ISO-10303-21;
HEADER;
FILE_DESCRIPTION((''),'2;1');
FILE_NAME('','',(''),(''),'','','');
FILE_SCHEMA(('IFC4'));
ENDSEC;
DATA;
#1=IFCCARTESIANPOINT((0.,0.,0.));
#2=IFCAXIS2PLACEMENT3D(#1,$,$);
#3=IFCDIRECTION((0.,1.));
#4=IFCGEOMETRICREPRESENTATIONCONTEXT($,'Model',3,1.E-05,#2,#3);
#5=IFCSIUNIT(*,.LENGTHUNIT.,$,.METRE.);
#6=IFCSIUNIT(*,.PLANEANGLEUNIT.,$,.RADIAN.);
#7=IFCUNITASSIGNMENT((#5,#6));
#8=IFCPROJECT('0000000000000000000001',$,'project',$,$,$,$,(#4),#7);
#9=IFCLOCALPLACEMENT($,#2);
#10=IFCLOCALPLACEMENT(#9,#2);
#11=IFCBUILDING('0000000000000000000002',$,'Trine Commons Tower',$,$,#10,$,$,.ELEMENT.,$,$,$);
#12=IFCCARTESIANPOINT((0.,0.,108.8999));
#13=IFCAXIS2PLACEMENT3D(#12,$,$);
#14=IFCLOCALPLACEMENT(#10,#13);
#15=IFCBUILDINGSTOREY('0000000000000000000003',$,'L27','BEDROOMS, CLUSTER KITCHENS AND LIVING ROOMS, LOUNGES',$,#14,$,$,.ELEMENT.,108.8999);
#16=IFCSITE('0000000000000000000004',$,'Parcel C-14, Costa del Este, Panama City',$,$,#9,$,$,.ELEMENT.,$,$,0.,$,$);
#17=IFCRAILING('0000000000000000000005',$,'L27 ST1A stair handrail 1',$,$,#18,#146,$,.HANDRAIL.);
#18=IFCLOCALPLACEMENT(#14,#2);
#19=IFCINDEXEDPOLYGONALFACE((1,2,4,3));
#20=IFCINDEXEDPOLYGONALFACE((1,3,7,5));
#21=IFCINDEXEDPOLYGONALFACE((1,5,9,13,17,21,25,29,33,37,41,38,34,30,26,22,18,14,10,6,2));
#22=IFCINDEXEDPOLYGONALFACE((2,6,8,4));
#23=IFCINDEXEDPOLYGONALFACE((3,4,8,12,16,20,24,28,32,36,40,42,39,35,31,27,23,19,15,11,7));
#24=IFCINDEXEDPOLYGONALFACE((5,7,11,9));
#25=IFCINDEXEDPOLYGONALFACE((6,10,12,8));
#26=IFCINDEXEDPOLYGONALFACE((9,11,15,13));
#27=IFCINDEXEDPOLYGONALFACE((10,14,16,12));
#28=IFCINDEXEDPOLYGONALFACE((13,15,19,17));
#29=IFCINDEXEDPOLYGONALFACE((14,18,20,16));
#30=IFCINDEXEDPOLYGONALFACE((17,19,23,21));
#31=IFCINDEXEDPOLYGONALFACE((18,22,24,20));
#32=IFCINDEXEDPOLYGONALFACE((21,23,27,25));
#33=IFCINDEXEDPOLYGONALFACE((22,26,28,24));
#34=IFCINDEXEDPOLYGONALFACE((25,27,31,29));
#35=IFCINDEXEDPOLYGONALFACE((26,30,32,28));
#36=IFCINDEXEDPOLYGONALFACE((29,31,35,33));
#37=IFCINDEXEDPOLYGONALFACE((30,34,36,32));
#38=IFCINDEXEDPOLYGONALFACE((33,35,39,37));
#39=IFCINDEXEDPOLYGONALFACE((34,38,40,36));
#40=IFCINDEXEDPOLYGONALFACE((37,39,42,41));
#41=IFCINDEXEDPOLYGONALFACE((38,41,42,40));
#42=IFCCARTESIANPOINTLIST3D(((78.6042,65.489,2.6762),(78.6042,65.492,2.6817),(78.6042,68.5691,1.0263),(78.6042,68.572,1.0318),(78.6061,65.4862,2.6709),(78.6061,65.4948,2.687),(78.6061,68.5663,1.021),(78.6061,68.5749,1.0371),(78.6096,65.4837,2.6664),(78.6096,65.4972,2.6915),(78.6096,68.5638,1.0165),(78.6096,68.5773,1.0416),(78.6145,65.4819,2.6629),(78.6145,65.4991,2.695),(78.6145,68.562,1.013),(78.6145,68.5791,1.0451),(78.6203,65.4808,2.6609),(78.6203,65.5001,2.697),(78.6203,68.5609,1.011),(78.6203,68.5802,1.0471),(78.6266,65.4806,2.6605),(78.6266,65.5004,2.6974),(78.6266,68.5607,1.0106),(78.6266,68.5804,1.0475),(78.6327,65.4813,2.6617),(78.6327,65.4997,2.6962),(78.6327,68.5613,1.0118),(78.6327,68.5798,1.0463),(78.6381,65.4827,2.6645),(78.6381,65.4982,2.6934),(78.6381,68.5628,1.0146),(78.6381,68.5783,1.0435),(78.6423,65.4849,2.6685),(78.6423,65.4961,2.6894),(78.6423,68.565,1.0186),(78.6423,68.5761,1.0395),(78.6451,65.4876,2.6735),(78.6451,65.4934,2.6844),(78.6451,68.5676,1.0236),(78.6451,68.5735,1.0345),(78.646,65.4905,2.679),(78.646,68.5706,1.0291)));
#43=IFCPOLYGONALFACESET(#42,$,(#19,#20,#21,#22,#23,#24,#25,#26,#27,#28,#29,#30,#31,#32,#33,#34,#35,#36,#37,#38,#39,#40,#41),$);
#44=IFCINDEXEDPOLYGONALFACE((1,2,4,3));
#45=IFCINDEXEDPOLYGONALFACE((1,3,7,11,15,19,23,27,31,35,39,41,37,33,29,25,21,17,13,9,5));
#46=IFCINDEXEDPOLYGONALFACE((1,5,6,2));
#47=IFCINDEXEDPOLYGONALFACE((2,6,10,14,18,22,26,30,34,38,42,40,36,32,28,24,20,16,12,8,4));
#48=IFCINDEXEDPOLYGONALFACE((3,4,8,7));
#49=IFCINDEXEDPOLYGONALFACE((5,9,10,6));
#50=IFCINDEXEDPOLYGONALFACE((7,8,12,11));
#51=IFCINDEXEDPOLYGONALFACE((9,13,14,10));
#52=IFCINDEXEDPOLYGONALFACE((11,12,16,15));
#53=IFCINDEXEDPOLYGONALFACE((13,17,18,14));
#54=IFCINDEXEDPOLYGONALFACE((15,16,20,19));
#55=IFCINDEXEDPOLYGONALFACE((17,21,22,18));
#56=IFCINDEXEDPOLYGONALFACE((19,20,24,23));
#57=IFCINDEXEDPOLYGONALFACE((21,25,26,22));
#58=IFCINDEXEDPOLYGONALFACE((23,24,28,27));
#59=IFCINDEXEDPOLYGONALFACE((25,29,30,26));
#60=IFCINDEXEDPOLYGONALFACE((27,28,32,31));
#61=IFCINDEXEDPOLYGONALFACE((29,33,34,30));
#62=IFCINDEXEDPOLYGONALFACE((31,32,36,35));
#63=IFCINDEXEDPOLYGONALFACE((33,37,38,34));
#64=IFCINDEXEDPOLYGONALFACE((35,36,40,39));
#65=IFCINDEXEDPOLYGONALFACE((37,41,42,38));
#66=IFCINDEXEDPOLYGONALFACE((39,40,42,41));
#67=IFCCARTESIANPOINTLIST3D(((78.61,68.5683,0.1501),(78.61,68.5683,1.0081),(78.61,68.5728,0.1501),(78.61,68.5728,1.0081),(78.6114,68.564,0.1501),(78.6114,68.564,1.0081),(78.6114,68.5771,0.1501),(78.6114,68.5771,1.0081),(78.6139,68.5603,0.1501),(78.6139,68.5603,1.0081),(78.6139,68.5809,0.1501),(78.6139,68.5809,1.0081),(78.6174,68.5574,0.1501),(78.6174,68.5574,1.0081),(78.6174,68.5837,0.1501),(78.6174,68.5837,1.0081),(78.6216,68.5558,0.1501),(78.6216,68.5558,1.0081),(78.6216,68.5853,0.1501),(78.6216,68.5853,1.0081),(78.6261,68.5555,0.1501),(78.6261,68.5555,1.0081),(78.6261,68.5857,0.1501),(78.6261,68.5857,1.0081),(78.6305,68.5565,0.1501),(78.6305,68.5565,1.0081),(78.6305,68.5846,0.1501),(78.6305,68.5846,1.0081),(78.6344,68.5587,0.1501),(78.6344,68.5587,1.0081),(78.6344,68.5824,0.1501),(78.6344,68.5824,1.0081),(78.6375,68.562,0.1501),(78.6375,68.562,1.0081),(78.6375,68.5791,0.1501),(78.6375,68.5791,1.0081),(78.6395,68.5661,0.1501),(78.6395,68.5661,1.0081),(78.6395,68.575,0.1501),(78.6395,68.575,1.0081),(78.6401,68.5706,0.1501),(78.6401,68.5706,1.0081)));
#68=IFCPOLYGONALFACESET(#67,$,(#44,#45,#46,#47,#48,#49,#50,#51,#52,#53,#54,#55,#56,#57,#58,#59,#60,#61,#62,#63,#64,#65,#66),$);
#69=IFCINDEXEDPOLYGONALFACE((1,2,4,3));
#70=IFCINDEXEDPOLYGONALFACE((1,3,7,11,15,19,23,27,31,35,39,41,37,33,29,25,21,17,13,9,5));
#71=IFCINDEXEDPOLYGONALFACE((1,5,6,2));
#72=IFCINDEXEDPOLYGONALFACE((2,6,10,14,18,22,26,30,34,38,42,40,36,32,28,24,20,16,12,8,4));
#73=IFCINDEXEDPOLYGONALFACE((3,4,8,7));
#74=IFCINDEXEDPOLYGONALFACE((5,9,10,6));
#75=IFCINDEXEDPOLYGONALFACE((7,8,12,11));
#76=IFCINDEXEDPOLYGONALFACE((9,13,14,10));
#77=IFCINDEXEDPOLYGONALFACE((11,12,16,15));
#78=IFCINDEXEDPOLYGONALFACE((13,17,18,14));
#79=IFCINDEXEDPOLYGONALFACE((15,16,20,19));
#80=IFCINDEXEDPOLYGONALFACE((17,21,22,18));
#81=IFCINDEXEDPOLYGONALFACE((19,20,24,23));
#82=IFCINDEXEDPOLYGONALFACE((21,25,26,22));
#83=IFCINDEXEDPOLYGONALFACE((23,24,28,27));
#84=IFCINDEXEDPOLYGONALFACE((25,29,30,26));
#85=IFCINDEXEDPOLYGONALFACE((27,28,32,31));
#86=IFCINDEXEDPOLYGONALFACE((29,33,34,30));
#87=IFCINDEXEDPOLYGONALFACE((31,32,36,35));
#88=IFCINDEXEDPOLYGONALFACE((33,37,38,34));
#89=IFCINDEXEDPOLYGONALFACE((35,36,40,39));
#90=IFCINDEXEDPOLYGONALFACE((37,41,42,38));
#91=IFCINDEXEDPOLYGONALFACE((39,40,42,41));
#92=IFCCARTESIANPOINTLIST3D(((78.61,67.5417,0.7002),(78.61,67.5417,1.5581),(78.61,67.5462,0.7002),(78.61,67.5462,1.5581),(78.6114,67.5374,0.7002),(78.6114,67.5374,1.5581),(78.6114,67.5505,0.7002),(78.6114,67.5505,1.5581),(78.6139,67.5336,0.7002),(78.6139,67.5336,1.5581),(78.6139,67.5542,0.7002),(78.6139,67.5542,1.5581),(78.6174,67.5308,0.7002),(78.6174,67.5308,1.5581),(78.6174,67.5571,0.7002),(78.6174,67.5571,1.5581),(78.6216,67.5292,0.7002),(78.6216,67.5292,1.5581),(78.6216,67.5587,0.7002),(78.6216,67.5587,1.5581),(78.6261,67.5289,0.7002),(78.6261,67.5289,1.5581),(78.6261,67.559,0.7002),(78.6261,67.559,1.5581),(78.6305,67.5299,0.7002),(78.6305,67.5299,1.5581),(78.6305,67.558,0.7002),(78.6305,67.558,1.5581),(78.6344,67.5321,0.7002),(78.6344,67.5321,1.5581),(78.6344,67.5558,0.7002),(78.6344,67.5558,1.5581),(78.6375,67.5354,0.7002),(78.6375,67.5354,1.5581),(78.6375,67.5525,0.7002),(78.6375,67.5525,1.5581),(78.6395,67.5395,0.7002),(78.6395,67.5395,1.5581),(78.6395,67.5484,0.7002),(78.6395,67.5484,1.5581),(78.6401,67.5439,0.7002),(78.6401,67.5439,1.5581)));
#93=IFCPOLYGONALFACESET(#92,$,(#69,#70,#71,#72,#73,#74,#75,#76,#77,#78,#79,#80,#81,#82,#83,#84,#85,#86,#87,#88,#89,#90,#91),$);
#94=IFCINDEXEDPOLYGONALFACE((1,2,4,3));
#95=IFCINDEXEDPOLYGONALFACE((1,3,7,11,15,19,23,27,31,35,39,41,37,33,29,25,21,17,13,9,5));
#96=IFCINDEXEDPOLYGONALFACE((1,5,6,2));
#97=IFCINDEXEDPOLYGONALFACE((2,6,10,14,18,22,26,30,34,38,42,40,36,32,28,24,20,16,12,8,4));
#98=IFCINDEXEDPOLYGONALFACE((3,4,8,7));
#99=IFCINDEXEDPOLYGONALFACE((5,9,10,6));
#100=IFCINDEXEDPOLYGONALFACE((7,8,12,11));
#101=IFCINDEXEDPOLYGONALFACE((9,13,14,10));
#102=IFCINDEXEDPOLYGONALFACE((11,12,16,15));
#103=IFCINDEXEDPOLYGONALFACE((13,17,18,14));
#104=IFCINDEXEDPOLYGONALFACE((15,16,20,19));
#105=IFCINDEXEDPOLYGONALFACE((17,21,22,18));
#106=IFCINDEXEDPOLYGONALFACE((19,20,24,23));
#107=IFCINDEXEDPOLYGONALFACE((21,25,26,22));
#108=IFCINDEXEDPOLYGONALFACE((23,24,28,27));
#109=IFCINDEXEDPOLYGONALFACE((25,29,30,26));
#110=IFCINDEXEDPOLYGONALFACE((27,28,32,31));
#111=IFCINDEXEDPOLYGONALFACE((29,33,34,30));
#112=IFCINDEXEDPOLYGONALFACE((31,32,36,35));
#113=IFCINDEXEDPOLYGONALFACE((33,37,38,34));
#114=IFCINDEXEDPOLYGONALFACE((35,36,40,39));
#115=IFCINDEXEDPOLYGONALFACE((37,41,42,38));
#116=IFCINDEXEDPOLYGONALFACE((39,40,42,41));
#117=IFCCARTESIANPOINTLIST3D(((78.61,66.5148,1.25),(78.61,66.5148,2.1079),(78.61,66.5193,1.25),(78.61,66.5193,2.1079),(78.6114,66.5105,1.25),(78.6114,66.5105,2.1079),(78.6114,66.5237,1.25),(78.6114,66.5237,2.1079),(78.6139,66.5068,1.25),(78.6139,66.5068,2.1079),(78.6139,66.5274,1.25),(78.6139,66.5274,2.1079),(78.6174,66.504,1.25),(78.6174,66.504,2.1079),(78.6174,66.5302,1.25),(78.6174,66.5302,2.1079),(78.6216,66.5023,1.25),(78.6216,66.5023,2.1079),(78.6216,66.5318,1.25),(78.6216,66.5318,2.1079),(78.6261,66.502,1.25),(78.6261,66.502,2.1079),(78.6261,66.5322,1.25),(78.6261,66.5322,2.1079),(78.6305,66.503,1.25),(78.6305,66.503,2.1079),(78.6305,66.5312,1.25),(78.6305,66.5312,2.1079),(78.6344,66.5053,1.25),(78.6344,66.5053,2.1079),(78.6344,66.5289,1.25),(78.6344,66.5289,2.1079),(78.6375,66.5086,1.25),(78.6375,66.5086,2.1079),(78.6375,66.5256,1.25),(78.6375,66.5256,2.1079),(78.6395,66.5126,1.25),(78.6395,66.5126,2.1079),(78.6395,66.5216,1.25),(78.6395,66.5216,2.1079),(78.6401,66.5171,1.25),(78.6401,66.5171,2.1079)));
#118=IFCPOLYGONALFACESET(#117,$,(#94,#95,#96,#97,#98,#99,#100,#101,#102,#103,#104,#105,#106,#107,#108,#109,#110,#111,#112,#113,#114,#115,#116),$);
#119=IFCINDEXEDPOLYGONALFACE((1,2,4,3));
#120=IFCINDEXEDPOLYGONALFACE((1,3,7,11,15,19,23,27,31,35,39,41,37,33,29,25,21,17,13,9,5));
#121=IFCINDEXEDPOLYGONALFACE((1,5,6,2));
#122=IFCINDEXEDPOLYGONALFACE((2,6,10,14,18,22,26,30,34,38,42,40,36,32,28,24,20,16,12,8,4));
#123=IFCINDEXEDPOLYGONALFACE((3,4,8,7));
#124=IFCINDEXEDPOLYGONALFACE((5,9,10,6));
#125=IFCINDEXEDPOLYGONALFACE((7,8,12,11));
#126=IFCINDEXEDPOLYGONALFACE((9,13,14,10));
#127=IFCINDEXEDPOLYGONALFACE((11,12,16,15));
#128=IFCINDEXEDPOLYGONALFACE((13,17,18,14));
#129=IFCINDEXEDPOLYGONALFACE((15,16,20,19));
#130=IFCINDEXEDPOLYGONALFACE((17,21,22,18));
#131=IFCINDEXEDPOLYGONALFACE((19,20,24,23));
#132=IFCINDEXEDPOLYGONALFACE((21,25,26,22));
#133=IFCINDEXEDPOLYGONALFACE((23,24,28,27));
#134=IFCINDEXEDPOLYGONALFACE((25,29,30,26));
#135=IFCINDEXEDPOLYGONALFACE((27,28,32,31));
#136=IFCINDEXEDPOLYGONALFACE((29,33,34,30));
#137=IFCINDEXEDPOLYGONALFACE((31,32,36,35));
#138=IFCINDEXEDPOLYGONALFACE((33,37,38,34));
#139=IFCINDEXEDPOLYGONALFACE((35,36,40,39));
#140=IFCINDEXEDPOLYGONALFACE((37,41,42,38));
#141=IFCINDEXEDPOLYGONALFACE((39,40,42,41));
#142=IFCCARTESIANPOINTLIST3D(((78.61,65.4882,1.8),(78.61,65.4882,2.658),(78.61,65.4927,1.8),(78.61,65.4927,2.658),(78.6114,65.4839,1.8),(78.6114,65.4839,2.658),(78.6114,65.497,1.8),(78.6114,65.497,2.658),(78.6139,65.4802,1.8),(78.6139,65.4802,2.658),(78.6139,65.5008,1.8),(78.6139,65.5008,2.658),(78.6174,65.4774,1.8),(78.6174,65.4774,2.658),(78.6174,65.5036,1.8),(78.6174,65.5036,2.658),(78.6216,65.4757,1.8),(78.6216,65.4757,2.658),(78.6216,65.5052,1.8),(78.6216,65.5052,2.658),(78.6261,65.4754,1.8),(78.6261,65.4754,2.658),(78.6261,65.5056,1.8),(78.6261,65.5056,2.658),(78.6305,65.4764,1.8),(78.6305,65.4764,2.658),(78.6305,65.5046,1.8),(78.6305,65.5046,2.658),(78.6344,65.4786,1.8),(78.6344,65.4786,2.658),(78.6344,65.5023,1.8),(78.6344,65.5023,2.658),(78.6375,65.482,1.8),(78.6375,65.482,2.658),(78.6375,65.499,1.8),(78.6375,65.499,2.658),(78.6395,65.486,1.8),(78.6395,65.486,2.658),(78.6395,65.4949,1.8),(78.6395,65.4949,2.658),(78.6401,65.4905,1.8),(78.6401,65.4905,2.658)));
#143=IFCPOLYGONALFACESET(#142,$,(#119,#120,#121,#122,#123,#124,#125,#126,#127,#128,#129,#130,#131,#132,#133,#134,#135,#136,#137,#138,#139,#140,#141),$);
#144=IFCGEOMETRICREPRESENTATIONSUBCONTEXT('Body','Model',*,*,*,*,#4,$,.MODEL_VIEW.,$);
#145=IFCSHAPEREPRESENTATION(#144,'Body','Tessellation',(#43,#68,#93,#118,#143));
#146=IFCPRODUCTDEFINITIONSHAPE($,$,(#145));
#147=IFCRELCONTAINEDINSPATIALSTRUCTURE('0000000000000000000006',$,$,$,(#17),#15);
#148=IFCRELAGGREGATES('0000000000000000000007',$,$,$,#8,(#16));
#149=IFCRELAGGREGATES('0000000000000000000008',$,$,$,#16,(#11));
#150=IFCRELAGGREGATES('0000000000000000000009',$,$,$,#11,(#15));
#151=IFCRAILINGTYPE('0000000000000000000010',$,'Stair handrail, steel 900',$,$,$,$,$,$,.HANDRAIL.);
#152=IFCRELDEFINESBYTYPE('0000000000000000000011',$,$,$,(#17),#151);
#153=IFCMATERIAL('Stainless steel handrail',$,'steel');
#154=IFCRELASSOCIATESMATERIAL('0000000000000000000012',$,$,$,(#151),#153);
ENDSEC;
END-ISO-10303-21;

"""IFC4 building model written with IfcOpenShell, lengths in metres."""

from ifc_helpers import new_model, si_unit, direction, frame, origin, origin_2d, place, context, subcontext, project, spatial, circle, extrude, material, type_object, element, save


model = new_model("IFC4")

# Units and contexts
model_context = context("Model", 3, precision=1e-05, world=origin(), true_north=direction((0.0, 1.0)))
body_context = subcontext(model_context, "Body", "Model", "MODEL_VIEW")
ifc_project = project(units=[si_unit("LENGTHUNIT", "METRE"), si_unit("PLANEANGLEUNIT", "RADIAN")], contexts=[model_context])

# Site, building, storey
site_placement = place(None, origin())
site = spatial("IfcSite", under=ifc_project, at=site_placement, Name="Parcel C-14, Costa del Este, Panama City", CompositionType="ELEMENT", RefElevation=0.0)
building_placement = place(site_placement, origin())
building = spatial("IfcBuilding", under=site, at=building_placement, Name="Trine Commons Tower", CompositionType="ELEMENT")
storey_placement = place(building_placement, frame((0.0, 0.0, 108.8999)))
storey = spatial("IfcBuildingStorey", under=building, at=storey_placement, Name="L27", Description="BEDROOMS, CLUSTER KITCHENS AND LIVING ROOMS, LOUNGES", CompositionType="ELEMENT", Elevation=108.8999)

# Railing
ifc_material_1 = material(Name="Stainless steel handrail", Category="steel")
railing_type = type_object("IfcRailingType", Name="Stair handrail, steel 900", PredefinedType="HANDRAIL", material=ifc_material_1)
railing_placement = place(storey_placement, frame((78.625, 68.5706, 0.1501)))
element("IfcRailing", 1, at=railing_placement, inside=storey, type_object=railing_type, Name="L27 ST1A stair handrail 1", PredefinedType="HANDRAIL", context=body_context, shape_type="SweptSolid", body=[
    extrude(circle(Radius=0.021, at=origin_2d()), frame((0.0, 0.0, 0.8789), z_axis=(0.0, -0.881497, 0.47219), x_axis=(1.0, 0.0, 0.0)), (0.0, 0.0, 1.0), 3.4941),
    extrude(circle(Radius=0.0151, at=origin_2d()), origin(), (0.0, 0.0, 1.0), 0.8579),
    extrude(circle(Radius=0.0151, at=origin_2d()), frame((0.0, -1.0266, 0.55)), (0.0, 0.0, 1.0), 0.8579),
    extrude(circle(Radius=0.0151, at=origin_2d()), frame((0.0, -2.0535, 1.0999)), (0.0, 0.0, 1.0), 0.8579),
    extrude(circle(Radius=0.0151, at=origin_2d()), frame((0.0, -3.0801, 1.6499)), (0.0, 0.0, 1.0), 0.8579),
])

save(model, "model.ifc")
